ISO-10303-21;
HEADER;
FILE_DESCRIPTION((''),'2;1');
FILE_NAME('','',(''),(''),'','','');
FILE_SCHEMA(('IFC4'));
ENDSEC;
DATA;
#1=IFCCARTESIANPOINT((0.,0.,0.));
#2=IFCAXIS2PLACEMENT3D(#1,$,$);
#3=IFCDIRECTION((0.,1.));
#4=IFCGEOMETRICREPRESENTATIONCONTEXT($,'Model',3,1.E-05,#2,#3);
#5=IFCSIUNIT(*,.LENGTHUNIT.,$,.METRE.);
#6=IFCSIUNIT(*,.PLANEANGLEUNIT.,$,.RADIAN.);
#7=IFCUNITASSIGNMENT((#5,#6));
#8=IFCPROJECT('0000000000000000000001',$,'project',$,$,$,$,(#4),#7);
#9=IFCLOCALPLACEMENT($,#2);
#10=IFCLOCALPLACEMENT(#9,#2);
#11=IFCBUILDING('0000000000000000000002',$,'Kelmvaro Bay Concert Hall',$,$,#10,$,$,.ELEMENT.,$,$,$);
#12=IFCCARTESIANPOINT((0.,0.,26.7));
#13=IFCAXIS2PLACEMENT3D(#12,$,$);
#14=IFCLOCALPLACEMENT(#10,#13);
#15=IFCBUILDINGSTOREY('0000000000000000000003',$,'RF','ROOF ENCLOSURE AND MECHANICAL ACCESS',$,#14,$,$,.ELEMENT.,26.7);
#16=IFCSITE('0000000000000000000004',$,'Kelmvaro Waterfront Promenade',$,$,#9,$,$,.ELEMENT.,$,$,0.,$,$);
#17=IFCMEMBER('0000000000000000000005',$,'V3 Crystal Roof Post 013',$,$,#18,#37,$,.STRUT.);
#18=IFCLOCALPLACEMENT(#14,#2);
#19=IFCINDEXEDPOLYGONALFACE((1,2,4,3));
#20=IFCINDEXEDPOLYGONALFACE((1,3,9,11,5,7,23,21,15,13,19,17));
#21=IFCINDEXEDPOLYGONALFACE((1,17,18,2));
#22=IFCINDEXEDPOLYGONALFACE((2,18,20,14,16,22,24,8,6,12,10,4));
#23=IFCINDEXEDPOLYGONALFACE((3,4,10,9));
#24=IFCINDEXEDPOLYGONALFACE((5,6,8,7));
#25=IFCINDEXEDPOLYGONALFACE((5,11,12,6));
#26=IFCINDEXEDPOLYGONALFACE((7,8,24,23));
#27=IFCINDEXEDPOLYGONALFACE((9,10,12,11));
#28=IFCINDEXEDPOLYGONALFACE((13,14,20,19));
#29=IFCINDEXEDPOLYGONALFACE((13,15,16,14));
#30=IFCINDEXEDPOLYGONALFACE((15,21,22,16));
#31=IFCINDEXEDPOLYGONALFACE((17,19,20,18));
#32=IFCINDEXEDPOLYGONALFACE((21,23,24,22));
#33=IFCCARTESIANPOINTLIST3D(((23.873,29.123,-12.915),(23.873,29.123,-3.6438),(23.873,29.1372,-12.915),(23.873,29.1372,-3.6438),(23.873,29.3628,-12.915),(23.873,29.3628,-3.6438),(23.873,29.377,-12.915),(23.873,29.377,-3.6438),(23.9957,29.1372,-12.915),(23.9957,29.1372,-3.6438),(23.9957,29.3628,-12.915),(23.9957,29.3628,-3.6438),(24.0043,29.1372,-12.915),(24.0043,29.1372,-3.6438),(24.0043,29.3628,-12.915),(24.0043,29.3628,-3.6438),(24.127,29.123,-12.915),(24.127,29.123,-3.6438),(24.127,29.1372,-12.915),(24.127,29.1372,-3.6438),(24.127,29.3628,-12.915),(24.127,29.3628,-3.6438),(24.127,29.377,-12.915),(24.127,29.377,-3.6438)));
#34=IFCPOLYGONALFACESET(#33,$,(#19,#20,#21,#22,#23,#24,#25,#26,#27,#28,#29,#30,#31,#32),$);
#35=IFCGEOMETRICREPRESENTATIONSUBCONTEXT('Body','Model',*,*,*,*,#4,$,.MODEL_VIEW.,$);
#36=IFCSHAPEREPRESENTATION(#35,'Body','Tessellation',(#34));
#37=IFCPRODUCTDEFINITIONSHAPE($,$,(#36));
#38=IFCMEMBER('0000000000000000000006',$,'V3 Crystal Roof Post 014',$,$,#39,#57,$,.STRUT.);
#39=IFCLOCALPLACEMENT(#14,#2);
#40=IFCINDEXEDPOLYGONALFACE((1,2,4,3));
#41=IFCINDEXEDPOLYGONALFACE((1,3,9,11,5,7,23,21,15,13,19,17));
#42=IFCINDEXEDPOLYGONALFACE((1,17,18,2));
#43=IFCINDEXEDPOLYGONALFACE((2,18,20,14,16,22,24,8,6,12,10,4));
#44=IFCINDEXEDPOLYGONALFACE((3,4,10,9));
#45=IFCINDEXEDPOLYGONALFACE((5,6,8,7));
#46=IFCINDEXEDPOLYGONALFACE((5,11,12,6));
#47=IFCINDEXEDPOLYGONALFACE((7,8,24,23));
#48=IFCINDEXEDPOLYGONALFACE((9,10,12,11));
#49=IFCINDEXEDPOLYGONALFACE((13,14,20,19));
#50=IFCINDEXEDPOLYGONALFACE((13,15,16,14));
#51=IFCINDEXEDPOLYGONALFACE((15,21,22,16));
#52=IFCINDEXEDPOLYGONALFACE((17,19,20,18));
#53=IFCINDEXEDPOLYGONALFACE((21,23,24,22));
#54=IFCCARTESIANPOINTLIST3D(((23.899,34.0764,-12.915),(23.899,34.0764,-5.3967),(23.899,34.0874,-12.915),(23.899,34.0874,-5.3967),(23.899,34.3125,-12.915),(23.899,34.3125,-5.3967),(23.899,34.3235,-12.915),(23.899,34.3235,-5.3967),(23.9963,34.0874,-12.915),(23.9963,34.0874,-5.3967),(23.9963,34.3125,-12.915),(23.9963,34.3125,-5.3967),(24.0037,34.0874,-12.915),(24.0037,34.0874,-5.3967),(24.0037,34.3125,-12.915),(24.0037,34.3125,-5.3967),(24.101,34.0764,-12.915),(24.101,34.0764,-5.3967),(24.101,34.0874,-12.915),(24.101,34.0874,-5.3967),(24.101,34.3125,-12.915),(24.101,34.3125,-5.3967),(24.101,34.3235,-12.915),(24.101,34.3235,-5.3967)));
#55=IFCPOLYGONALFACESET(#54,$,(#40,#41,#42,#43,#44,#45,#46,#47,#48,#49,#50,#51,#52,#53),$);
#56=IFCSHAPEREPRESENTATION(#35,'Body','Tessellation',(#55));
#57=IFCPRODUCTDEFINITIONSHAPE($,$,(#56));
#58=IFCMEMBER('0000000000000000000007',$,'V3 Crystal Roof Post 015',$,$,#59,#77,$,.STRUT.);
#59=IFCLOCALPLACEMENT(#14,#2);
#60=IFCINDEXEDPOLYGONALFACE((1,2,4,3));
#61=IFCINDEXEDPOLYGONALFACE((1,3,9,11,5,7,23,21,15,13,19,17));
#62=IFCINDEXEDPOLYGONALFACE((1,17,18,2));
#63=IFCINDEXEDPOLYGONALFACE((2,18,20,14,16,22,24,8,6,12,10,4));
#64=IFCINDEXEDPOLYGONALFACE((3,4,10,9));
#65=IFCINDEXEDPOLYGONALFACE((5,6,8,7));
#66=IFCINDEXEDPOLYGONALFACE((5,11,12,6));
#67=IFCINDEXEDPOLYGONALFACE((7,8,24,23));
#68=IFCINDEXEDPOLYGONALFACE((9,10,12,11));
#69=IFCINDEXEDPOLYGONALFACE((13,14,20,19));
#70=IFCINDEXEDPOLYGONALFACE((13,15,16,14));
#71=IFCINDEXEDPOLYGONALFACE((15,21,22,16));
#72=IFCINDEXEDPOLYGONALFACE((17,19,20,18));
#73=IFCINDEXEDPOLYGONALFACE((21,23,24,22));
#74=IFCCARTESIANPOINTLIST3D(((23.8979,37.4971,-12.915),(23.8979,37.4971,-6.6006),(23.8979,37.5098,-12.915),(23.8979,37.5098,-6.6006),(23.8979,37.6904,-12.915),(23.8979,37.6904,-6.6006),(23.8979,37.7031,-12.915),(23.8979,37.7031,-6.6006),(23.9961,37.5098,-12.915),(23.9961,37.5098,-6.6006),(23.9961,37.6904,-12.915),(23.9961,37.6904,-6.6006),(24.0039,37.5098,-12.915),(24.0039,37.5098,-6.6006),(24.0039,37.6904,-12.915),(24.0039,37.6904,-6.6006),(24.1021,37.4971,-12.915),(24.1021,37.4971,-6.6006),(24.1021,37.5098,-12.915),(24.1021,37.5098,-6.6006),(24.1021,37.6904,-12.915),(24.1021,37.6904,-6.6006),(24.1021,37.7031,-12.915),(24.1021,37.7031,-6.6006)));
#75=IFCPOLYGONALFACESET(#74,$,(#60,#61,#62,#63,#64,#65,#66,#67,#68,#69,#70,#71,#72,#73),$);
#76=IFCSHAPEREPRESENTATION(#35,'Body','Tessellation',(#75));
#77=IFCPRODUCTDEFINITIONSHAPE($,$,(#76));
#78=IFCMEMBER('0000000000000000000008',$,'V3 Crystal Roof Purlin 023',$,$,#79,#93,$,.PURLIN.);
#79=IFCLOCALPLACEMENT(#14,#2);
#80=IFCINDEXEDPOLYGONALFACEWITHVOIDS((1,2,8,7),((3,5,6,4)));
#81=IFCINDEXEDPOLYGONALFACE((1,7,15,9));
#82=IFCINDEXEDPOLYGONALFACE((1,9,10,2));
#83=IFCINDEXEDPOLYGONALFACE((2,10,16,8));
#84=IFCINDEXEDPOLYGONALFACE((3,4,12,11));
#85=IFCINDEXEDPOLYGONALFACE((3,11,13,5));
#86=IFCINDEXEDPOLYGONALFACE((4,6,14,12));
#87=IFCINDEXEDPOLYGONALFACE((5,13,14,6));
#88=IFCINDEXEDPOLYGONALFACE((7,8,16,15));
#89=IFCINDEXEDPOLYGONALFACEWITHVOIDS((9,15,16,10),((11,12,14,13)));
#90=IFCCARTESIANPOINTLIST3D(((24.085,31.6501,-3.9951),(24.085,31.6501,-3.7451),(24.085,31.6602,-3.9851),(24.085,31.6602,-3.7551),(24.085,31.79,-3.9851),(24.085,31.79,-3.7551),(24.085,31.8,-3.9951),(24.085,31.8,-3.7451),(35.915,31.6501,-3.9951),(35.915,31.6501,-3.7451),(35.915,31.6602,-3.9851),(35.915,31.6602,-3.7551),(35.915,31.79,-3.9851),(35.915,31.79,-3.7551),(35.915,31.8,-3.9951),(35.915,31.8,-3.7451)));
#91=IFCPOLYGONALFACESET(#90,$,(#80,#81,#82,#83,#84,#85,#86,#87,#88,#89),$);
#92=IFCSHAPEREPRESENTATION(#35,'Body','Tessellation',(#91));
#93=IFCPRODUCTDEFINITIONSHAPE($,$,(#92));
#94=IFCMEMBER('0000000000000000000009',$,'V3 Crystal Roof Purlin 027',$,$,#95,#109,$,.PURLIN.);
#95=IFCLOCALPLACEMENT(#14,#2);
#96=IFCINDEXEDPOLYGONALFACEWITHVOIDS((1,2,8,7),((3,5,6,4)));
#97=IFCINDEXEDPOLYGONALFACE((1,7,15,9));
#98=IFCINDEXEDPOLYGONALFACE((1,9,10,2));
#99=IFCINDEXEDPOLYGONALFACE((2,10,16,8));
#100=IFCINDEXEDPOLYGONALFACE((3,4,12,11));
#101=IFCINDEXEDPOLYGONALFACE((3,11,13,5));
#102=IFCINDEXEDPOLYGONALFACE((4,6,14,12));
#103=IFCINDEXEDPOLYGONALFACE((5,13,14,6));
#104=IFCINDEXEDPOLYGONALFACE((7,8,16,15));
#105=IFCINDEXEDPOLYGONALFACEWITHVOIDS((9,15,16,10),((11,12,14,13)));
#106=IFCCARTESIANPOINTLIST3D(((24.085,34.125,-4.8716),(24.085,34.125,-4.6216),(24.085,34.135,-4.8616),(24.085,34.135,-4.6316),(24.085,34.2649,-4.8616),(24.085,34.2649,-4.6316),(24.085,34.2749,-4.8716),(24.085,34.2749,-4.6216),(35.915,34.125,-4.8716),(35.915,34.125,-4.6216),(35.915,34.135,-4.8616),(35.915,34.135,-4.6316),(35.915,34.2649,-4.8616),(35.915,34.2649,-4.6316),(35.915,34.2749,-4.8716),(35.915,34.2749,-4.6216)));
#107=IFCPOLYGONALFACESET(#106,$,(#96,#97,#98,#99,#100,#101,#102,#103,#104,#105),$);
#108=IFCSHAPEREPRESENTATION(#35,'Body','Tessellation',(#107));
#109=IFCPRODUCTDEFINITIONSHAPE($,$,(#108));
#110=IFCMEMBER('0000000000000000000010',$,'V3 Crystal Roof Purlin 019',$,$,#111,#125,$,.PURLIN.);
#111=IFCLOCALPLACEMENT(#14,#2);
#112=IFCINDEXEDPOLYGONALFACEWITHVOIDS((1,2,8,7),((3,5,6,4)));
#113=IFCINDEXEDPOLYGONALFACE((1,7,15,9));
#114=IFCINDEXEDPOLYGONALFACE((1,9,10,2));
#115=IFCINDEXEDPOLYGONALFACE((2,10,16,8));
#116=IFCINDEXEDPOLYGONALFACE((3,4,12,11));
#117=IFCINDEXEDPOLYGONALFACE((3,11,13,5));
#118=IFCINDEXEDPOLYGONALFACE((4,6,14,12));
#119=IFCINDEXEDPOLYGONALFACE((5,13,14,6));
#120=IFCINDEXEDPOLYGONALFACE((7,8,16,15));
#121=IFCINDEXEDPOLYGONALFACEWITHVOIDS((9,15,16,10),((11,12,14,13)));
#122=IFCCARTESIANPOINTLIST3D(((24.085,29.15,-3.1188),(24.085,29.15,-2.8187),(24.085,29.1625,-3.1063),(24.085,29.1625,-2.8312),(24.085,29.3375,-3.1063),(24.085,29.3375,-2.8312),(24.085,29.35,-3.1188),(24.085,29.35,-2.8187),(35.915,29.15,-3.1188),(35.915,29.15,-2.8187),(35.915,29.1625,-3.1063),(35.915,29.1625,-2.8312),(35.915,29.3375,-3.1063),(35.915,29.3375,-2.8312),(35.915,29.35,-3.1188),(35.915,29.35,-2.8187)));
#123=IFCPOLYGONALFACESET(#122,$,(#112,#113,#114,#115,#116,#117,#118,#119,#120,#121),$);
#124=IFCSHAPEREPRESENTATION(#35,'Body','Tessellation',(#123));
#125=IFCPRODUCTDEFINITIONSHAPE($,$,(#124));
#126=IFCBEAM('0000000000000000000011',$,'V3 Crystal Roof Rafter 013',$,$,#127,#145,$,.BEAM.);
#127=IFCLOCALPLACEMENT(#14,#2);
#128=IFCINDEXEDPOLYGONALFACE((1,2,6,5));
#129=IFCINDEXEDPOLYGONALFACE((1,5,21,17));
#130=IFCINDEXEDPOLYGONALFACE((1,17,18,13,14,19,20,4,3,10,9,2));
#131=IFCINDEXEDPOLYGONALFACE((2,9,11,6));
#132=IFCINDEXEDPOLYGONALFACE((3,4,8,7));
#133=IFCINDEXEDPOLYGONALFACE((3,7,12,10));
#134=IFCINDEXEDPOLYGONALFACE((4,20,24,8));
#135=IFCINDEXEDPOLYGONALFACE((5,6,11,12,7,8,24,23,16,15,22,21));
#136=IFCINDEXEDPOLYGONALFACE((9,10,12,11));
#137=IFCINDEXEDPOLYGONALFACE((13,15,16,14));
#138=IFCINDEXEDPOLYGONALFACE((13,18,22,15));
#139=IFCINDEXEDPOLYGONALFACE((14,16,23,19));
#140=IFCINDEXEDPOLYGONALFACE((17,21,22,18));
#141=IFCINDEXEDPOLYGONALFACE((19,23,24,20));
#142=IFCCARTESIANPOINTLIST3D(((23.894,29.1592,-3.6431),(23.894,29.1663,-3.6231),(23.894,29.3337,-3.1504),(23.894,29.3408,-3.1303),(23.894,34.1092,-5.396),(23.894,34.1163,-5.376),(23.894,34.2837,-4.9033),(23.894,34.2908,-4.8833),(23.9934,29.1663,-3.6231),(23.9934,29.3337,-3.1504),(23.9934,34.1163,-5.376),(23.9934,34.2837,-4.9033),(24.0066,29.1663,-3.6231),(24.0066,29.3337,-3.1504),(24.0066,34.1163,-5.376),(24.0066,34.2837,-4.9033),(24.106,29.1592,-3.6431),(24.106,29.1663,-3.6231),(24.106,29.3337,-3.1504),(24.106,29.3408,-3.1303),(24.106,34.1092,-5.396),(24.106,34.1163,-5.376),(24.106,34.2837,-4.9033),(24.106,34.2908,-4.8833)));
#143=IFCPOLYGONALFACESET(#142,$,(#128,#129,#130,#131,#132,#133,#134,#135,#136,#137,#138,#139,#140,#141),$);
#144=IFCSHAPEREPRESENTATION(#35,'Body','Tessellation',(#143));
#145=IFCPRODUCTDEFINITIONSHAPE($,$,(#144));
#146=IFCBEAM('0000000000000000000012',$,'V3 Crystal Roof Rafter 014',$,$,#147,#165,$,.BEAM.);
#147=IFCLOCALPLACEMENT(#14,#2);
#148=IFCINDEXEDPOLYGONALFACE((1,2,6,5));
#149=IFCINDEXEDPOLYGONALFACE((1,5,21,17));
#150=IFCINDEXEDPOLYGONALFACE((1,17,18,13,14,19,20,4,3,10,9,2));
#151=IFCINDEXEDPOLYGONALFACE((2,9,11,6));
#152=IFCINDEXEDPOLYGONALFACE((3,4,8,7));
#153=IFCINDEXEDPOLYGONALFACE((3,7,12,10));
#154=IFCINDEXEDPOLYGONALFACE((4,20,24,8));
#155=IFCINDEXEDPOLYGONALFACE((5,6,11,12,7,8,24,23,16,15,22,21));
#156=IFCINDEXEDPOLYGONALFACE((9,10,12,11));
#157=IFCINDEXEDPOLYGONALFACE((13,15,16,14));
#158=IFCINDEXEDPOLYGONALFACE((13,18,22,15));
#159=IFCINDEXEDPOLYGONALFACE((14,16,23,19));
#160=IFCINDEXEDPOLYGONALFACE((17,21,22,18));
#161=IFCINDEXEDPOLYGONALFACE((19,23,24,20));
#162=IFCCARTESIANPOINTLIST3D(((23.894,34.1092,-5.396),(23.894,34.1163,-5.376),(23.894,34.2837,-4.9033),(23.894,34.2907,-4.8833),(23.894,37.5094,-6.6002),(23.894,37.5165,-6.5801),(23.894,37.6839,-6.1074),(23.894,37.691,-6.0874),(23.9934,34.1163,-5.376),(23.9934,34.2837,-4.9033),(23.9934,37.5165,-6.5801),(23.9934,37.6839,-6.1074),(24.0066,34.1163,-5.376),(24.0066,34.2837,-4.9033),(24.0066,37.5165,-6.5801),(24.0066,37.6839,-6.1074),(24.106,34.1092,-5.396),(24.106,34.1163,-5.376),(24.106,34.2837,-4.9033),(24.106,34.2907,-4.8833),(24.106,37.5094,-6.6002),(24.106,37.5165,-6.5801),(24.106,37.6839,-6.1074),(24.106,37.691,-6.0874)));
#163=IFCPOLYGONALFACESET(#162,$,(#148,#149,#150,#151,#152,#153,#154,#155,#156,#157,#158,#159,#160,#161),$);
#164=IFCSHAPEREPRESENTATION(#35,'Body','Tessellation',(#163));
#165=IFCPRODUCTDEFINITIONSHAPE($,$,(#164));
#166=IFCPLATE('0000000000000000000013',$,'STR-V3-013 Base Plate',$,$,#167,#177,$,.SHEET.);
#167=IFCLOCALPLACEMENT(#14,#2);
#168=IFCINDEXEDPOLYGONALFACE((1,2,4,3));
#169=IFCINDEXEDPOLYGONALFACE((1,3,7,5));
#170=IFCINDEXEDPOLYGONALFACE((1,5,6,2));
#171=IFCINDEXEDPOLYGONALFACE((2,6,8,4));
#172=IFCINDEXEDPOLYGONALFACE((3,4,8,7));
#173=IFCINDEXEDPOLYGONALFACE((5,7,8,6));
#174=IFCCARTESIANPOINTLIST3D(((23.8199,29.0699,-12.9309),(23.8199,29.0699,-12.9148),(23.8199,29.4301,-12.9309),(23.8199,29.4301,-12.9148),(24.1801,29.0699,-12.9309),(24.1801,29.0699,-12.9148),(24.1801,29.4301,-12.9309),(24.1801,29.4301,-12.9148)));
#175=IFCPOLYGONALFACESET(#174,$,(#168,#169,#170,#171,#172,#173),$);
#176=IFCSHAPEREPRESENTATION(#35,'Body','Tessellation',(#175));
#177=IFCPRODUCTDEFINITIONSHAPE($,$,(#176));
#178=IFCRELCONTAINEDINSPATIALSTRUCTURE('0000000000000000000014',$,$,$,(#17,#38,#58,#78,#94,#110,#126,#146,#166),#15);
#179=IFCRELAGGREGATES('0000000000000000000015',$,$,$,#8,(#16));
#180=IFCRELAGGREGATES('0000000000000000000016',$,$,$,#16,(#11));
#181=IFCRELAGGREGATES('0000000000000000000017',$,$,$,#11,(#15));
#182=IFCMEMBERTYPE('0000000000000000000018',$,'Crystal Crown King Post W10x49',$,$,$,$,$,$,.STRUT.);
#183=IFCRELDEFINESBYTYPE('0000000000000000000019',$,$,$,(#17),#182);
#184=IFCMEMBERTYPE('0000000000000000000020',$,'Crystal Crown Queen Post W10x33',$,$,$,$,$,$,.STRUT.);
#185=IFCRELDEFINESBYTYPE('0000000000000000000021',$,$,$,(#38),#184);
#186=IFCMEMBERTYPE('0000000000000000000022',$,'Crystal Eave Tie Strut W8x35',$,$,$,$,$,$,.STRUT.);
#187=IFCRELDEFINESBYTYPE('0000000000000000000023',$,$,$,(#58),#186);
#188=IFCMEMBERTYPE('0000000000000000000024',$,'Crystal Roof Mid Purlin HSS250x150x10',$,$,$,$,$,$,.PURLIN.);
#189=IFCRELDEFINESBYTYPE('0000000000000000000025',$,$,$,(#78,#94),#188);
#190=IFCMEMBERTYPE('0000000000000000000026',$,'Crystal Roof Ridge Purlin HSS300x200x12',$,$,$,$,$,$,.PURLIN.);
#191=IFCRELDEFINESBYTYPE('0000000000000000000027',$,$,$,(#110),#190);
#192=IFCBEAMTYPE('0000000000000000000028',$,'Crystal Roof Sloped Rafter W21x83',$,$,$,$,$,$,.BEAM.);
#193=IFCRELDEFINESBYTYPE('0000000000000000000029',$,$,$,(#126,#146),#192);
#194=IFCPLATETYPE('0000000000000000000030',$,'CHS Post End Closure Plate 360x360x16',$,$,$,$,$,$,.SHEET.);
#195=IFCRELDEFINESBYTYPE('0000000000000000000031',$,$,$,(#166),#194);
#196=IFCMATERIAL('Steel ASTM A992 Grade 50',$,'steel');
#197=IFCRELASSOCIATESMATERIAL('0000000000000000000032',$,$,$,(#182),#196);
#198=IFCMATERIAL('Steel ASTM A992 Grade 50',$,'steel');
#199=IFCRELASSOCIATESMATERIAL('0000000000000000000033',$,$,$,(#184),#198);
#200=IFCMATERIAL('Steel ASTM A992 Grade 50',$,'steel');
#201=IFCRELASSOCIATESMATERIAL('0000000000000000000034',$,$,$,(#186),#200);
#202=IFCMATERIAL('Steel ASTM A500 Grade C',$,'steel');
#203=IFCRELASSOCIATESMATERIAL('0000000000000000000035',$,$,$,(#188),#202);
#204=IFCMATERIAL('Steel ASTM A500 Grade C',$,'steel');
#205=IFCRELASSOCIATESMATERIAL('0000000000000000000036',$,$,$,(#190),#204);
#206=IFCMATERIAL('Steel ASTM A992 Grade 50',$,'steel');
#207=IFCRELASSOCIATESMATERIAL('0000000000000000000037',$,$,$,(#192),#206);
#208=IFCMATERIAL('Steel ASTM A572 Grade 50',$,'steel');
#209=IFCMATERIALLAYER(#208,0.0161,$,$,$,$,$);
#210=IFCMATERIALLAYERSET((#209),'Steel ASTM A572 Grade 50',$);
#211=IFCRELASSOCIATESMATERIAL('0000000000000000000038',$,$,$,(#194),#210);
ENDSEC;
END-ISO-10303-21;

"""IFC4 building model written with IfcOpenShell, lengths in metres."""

from ifc_helpers import new_model, si_unit, direction, frame, origin, origin_2d, place, context, subcontext, project, spatial, rectangle, hollow_rectangle, i_section, extrude, material, layer, layer_set, material_profile, profile_set, type_object, element, save


model = new_model("IFC4")

# Units and contexts
model_context = context("Model", 3, precision=1e-05, world=origin(), true_north=direction((0.0, 1.0)))
body_context = subcontext(model_context, "Body", "Model", "MODEL_VIEW")
ifc_project = project(units=[si_unit("LENGTHUNIT", "METRE"), si_unit("PLANEANGLEUNIT", "RADIAN")], contexts=[model_context])

# Site, building, storey
site_placement = place(None, origin())
site = spatial("IfcSite", under=ifc_project, at=site_placement, Name="Kelmvaro Waterfront Promenade", CompositionType="ELEMENT", RefElevation=0.0)
building_placement = place(site_placement, origin())
building = spatial("IfcBuilding", under=site, at=building_placement, Name="Kelmvaro Bay Concert Hall", CompositionType="ELEMENT")
storey_placement = place(building_placement, frame((0.0, 0.0, 26.7)))
storey = spatial("IfcBuildingStorey", under=building, at=storey_placement, Name="RF", Description="ROOF ENCLOSURE AND MECHANICAL ACCESS", CompositionType="ELEMENT", Elevation=26.7)

# Members
ifc_material_1 = material(Name="Steel ASTM A992 Grade 50", Category="steel")
ifc_material_profile_1 = material_profile(ifc_material_1, i_section(OverallWidth=0.2539, OverallDepth=0.2539, WebThickness=0.0085, FlangeThickness=0.0142, at=origin_2d()), Name="W10X49")
ifc_profile_set_1 = profile_set([ifc_material_profile_1], Name="Steel ASTM A992 Grade 50")
member_type_1 = type_object("IfcMemberType", Name="Crystal Crown King Post W10x49", PredefinedType="STRUT", material=ifc_profile_set_1)
member_1_placement = place(storey_placement, frame((24.0, 29.25, -12.915), z_axis=(0.0, 0.0, 1.0), x_axis=(1.0, 0.0, 0.0)))
element("IfcMember", 1, at=member_1_placement, inside=storey, type_object=member_type_1, Name="V3 Crystal Roof Post 013", PredefinedType="STRUT", context=body_context, shape_type="SweptSolid", body=[
    extrude(i_section(OverallWidth=0.2539, OverallDepth=0.2539, WebThickness=0.0085, FlangeThickness=0.0142, at=origin_2d()), origin(), (0.0, 0.0, 1.0), 9.2712),
])
ifc_material_2 = material(Name="Steel ASTM A992 Grade 50", Category="steel")
ifc_material_profile_2 = material_profile(ifc_material_2, i_section(OverallWidth=0.2019, OverallDepth=0.2471, WebThickness=0.0073, FlangeThickness=0.011, at=origin_2d()), Name="W10X33")
ifc_profile_set_2 = profile_set([ifc_material_profile_2], Name="Steel ASTM A992 Grade 50")
member_type_2 = type_object("IfcMemberType", Name="Crystal Crown Queen Post W10x33", PredefinedType="STRUT", material=ifc_profile_set_2)
member_2_placement = place(storey_placement, frame((24.0, 34.2, -12.915), z_axis=(0.0, 0.0, 1.0), x_axis=(1.0, 0.0, 0.0)))
element("IfcMember", 2, at=member_2_placement, inside=storey, type_object=member_type_2, Name="V3 Crystal Roof Post 014", PredefinedType="STRUT", context=body_context, shape_type="SweptSolid", body=[
    extrude(i_section(OverallWidth=0.2019, OverallDepth=0.2471, WebThickness=0.0073, FlangeThickness=0.011, at=origin_2d()), origin(), (0.0, 0.0, 1.0), 7.5183),
])
ifc_material_3 = material(Name="Steel ASTM A992 Grade 50", Category="steel")
ifc_material_profile_3 = material_profile(ifc_material_3, i_section(OverallWidth=0.2041, OverallDepth=0.2061, WebThickness=0.0078, FlangeThickness=0.0127, at=origin_2d()), Name="W8X35")
ifc_profile_set_3 = profile_set([ifc_material_profile_3], Name="Steel ASTM A992 Grade 50")
member_type_3 = type_object("IfcMemberType", Name="Crystal Eave Tie Strut W8x35", PredefinedType="STRUT", material=ifc_profile_set_3)
member_3_placement = place(storey_placement, frame((24.0, 37.6001, -12.915), z_axis=(0.0, 0.0, 1.0), x_axis=(1.0, 0.0, 0.0)))
element("IfcMember", 3, at=member_3_placement, inside=storey, type_object=member_type_3, Name="V3 Crystal Roof Post 015", PredefinedType="STRUT", context=body_context, shape_type="SweptSolid", body=[
    extrude(i_section(OverallWidth=0.2041, OverallDepth=0.2061, WebThickness=0.0078, FlangeThickness=0.0127, at=origin_2d()), origin(), (0.0, 0.0, 1.0), 6.3145),
])
ifc_material_4 = material(Name="Steel ASTM A500 Grade C", Category="steel")
ifc_material_profile_4 = material_profile(ifc_material_4, hollow_rectangle(XDim=0.1499, YDim=0.25, WallThickness=0.01, at=origin_2d()), Name="HSS250X150X10")
ifc_profile_set_4 = profile_set([ifc_material_profile_4], Name="Steel ASTM A500 Grade C")
member_type_4 = type_object("IfcMemberType", Name="Crystal Roof Mid Purlin HSS250x150x10", PredefinedType="PURLIN", material=ifc_profile_set_4)
for number, where, z_axis, x_axis, name in (
    (4, (24.085, 31.7251, -3.8701), (1.0, 0.0, 0.0), (0.0, 1.0, 0.0), "V3 Crystal Roof Purlin 023"),
    (5, (24.085, 34.2, -4.7466), (1.0, 0.0, 0.0), (0.0, 1.0, 0.0), "V3 Crystal Roof Purlin 027"),
):
    element("IfcMember", number, at=place(storey_placement, frame(where, z_axis=z_axis, x_axis=x_axis)), inside=storey, type_object=member_type_4, Name=name, PredefinedType="PURLIN", context=body_context, shape_type="SweptSolid", body=[
        extrude(hollow_rectangle(XDim=0.1499, YDim=0.25, WallThickness=0.01, at=origin_2d()), origin(), (0.0, 0.0, 1.0), 11.8301),
    ])
ifc_material_5 = material(Name="Steel ASTM A500 Grade C", Category="steel")
ifc_material_profile_5 = material_profile(ifc_material_5, hollow_rectangle(XDim=0.2, YDim=0.3, WallThickness=0.0125, at=origin_2d()), Name="HSS300X200X12")
ifc_profile_set_5 = profile_set([ifc_material_profile_5], Name="Steel ASTM A500 Grade C")
member_type_5 = type_object("IfcMemberType", Name="Crystal Roof Ridge Purlin HSS300x200x12", PredefinedType="PURLIN", material=ifc_profile_set_5)
member_4_placement = place(storey_placement, frame((24.085, 29.25, -2.9688), z_axis=(1.0, 0.0, 0.0), x_axis=(0.0, 1.0, 0.0)))
element("IfcMember", 6, at=member_4_placement, inside=storey, type_object=member_type_5, Name="V3 Crystal Roof Purlin 019", PredefinedType="PURLIN", context=body_context, shape_type="SweptSolid", body=[
    extrude(hollow_rectangle(XDim=0.2, YDim=0.3, WallThickness=0.0125, at=origin_2d()), origin(), (0.0, 0.0, 1.0), 11.8301),
])

# Beams
ifc_material_6 = material(Name="Steel ASTM A992 Grade 50", Category="steel")
ifc_material_profile_6 = material_profile(ifc_material_6, i_section(OverallWidth=0.2119, OverallDepth=0.5439, WebThickness=0.0132, FlangeThickness=0.0212, at=origin_2d()), Name="W21X83")
ifc_profile_set_6 = profile_set([ifc_material_profile_6], Name="Steel ASTM A992 Grade 50")
beam_type = type_object("IfcBeamType", Name="Crystal Roof Sloped Rafter W21x83", PredefinedType="BEAM", material=ifc_profile_set_6)
beam_1_placement = place(storey_placement, frame((24.0, 29.25, -3.3867), z_axis=(0.0, 0.942638, -0.333817), x_axis=(-1.0, 0.0, 0.0)))
element("IfcBeam", 7, at=beam_1_placement, inside=storey, type_object=beam_type, Name="V3 Crystal Roof Rafter 013", PredefinedType="BEAM", context=body_context, shape_type="SweptSolid", body=[
    extrude(i_section(OverallWidth=0.2119, OverallDepth=0.5439, WebThickness=0.0132, FlangeThickness=0.0212, at=origin_2d()), origin(), (0.0, 0.0, 1.0), 5.2512),
])
beam_2_placement = place(storey_placement, frame((24.0, 34.2, -5.1396), z_axis=(0.0, 0.942637, -0.333818), x_axis=(-1.0, 0.0, 0.0)))
element("IfcBeam", 8, at=beam_2_placement, inside=storey, type_object=beam_type, Name="V3 Crystal Roof Rafter 014", PredefinedType="BEAM", context=body_context, shape_type="SweptSolid", body=[
    extrude(i_section(OverallWidth=0.2119, OverallDepth=0.5439, WebThickness=0.0132, FlangeThickness=0.0212, at=origin_2d()), origin(), (0.0, 0.0, 1.0), 3.6072),
])

# Plate
ifc_material_7 = material(Name="Steel ASTM A572 Grade 50", Category="steel")
ifc_layer_1 = layer(ifc_material_7, 0.0161)
ifc_layer_set_1 = layer_set([ifc_layer_1], Name="Steel ASTM A572 Grade 50")
plate_type_1 = type_object("IfcPlateType", Name="CHS Post End Closure Plate 360x360x16", PredefinedType="SHEET", material=ifc_layer_set_1)
for number, where, z_axis, x_axis, name in (
    (9, (24.0, 29.25, -12.9309), (0.0, 0.0, 1.0), (1.0, 0.0, 0.0), "STR-V3-013 Base Plate"),
):
    element("IfcPlate", number, at=place(storey_placement, frame(where, z_axis=z_axis, x_axis=x_axis)), inside=storey, type_object=plate_type_1, Name=name, PredefinedType="SHEET", context=body_context, shape_type="SweptSolid", body=[
        extrude(rectangle(XDim=0.3601, YDim=0.3601, at=origin_2d()), origin(), (0.0, 0.0, 1.0), 0.0161),
    ])

save(model, "model.ifc")
